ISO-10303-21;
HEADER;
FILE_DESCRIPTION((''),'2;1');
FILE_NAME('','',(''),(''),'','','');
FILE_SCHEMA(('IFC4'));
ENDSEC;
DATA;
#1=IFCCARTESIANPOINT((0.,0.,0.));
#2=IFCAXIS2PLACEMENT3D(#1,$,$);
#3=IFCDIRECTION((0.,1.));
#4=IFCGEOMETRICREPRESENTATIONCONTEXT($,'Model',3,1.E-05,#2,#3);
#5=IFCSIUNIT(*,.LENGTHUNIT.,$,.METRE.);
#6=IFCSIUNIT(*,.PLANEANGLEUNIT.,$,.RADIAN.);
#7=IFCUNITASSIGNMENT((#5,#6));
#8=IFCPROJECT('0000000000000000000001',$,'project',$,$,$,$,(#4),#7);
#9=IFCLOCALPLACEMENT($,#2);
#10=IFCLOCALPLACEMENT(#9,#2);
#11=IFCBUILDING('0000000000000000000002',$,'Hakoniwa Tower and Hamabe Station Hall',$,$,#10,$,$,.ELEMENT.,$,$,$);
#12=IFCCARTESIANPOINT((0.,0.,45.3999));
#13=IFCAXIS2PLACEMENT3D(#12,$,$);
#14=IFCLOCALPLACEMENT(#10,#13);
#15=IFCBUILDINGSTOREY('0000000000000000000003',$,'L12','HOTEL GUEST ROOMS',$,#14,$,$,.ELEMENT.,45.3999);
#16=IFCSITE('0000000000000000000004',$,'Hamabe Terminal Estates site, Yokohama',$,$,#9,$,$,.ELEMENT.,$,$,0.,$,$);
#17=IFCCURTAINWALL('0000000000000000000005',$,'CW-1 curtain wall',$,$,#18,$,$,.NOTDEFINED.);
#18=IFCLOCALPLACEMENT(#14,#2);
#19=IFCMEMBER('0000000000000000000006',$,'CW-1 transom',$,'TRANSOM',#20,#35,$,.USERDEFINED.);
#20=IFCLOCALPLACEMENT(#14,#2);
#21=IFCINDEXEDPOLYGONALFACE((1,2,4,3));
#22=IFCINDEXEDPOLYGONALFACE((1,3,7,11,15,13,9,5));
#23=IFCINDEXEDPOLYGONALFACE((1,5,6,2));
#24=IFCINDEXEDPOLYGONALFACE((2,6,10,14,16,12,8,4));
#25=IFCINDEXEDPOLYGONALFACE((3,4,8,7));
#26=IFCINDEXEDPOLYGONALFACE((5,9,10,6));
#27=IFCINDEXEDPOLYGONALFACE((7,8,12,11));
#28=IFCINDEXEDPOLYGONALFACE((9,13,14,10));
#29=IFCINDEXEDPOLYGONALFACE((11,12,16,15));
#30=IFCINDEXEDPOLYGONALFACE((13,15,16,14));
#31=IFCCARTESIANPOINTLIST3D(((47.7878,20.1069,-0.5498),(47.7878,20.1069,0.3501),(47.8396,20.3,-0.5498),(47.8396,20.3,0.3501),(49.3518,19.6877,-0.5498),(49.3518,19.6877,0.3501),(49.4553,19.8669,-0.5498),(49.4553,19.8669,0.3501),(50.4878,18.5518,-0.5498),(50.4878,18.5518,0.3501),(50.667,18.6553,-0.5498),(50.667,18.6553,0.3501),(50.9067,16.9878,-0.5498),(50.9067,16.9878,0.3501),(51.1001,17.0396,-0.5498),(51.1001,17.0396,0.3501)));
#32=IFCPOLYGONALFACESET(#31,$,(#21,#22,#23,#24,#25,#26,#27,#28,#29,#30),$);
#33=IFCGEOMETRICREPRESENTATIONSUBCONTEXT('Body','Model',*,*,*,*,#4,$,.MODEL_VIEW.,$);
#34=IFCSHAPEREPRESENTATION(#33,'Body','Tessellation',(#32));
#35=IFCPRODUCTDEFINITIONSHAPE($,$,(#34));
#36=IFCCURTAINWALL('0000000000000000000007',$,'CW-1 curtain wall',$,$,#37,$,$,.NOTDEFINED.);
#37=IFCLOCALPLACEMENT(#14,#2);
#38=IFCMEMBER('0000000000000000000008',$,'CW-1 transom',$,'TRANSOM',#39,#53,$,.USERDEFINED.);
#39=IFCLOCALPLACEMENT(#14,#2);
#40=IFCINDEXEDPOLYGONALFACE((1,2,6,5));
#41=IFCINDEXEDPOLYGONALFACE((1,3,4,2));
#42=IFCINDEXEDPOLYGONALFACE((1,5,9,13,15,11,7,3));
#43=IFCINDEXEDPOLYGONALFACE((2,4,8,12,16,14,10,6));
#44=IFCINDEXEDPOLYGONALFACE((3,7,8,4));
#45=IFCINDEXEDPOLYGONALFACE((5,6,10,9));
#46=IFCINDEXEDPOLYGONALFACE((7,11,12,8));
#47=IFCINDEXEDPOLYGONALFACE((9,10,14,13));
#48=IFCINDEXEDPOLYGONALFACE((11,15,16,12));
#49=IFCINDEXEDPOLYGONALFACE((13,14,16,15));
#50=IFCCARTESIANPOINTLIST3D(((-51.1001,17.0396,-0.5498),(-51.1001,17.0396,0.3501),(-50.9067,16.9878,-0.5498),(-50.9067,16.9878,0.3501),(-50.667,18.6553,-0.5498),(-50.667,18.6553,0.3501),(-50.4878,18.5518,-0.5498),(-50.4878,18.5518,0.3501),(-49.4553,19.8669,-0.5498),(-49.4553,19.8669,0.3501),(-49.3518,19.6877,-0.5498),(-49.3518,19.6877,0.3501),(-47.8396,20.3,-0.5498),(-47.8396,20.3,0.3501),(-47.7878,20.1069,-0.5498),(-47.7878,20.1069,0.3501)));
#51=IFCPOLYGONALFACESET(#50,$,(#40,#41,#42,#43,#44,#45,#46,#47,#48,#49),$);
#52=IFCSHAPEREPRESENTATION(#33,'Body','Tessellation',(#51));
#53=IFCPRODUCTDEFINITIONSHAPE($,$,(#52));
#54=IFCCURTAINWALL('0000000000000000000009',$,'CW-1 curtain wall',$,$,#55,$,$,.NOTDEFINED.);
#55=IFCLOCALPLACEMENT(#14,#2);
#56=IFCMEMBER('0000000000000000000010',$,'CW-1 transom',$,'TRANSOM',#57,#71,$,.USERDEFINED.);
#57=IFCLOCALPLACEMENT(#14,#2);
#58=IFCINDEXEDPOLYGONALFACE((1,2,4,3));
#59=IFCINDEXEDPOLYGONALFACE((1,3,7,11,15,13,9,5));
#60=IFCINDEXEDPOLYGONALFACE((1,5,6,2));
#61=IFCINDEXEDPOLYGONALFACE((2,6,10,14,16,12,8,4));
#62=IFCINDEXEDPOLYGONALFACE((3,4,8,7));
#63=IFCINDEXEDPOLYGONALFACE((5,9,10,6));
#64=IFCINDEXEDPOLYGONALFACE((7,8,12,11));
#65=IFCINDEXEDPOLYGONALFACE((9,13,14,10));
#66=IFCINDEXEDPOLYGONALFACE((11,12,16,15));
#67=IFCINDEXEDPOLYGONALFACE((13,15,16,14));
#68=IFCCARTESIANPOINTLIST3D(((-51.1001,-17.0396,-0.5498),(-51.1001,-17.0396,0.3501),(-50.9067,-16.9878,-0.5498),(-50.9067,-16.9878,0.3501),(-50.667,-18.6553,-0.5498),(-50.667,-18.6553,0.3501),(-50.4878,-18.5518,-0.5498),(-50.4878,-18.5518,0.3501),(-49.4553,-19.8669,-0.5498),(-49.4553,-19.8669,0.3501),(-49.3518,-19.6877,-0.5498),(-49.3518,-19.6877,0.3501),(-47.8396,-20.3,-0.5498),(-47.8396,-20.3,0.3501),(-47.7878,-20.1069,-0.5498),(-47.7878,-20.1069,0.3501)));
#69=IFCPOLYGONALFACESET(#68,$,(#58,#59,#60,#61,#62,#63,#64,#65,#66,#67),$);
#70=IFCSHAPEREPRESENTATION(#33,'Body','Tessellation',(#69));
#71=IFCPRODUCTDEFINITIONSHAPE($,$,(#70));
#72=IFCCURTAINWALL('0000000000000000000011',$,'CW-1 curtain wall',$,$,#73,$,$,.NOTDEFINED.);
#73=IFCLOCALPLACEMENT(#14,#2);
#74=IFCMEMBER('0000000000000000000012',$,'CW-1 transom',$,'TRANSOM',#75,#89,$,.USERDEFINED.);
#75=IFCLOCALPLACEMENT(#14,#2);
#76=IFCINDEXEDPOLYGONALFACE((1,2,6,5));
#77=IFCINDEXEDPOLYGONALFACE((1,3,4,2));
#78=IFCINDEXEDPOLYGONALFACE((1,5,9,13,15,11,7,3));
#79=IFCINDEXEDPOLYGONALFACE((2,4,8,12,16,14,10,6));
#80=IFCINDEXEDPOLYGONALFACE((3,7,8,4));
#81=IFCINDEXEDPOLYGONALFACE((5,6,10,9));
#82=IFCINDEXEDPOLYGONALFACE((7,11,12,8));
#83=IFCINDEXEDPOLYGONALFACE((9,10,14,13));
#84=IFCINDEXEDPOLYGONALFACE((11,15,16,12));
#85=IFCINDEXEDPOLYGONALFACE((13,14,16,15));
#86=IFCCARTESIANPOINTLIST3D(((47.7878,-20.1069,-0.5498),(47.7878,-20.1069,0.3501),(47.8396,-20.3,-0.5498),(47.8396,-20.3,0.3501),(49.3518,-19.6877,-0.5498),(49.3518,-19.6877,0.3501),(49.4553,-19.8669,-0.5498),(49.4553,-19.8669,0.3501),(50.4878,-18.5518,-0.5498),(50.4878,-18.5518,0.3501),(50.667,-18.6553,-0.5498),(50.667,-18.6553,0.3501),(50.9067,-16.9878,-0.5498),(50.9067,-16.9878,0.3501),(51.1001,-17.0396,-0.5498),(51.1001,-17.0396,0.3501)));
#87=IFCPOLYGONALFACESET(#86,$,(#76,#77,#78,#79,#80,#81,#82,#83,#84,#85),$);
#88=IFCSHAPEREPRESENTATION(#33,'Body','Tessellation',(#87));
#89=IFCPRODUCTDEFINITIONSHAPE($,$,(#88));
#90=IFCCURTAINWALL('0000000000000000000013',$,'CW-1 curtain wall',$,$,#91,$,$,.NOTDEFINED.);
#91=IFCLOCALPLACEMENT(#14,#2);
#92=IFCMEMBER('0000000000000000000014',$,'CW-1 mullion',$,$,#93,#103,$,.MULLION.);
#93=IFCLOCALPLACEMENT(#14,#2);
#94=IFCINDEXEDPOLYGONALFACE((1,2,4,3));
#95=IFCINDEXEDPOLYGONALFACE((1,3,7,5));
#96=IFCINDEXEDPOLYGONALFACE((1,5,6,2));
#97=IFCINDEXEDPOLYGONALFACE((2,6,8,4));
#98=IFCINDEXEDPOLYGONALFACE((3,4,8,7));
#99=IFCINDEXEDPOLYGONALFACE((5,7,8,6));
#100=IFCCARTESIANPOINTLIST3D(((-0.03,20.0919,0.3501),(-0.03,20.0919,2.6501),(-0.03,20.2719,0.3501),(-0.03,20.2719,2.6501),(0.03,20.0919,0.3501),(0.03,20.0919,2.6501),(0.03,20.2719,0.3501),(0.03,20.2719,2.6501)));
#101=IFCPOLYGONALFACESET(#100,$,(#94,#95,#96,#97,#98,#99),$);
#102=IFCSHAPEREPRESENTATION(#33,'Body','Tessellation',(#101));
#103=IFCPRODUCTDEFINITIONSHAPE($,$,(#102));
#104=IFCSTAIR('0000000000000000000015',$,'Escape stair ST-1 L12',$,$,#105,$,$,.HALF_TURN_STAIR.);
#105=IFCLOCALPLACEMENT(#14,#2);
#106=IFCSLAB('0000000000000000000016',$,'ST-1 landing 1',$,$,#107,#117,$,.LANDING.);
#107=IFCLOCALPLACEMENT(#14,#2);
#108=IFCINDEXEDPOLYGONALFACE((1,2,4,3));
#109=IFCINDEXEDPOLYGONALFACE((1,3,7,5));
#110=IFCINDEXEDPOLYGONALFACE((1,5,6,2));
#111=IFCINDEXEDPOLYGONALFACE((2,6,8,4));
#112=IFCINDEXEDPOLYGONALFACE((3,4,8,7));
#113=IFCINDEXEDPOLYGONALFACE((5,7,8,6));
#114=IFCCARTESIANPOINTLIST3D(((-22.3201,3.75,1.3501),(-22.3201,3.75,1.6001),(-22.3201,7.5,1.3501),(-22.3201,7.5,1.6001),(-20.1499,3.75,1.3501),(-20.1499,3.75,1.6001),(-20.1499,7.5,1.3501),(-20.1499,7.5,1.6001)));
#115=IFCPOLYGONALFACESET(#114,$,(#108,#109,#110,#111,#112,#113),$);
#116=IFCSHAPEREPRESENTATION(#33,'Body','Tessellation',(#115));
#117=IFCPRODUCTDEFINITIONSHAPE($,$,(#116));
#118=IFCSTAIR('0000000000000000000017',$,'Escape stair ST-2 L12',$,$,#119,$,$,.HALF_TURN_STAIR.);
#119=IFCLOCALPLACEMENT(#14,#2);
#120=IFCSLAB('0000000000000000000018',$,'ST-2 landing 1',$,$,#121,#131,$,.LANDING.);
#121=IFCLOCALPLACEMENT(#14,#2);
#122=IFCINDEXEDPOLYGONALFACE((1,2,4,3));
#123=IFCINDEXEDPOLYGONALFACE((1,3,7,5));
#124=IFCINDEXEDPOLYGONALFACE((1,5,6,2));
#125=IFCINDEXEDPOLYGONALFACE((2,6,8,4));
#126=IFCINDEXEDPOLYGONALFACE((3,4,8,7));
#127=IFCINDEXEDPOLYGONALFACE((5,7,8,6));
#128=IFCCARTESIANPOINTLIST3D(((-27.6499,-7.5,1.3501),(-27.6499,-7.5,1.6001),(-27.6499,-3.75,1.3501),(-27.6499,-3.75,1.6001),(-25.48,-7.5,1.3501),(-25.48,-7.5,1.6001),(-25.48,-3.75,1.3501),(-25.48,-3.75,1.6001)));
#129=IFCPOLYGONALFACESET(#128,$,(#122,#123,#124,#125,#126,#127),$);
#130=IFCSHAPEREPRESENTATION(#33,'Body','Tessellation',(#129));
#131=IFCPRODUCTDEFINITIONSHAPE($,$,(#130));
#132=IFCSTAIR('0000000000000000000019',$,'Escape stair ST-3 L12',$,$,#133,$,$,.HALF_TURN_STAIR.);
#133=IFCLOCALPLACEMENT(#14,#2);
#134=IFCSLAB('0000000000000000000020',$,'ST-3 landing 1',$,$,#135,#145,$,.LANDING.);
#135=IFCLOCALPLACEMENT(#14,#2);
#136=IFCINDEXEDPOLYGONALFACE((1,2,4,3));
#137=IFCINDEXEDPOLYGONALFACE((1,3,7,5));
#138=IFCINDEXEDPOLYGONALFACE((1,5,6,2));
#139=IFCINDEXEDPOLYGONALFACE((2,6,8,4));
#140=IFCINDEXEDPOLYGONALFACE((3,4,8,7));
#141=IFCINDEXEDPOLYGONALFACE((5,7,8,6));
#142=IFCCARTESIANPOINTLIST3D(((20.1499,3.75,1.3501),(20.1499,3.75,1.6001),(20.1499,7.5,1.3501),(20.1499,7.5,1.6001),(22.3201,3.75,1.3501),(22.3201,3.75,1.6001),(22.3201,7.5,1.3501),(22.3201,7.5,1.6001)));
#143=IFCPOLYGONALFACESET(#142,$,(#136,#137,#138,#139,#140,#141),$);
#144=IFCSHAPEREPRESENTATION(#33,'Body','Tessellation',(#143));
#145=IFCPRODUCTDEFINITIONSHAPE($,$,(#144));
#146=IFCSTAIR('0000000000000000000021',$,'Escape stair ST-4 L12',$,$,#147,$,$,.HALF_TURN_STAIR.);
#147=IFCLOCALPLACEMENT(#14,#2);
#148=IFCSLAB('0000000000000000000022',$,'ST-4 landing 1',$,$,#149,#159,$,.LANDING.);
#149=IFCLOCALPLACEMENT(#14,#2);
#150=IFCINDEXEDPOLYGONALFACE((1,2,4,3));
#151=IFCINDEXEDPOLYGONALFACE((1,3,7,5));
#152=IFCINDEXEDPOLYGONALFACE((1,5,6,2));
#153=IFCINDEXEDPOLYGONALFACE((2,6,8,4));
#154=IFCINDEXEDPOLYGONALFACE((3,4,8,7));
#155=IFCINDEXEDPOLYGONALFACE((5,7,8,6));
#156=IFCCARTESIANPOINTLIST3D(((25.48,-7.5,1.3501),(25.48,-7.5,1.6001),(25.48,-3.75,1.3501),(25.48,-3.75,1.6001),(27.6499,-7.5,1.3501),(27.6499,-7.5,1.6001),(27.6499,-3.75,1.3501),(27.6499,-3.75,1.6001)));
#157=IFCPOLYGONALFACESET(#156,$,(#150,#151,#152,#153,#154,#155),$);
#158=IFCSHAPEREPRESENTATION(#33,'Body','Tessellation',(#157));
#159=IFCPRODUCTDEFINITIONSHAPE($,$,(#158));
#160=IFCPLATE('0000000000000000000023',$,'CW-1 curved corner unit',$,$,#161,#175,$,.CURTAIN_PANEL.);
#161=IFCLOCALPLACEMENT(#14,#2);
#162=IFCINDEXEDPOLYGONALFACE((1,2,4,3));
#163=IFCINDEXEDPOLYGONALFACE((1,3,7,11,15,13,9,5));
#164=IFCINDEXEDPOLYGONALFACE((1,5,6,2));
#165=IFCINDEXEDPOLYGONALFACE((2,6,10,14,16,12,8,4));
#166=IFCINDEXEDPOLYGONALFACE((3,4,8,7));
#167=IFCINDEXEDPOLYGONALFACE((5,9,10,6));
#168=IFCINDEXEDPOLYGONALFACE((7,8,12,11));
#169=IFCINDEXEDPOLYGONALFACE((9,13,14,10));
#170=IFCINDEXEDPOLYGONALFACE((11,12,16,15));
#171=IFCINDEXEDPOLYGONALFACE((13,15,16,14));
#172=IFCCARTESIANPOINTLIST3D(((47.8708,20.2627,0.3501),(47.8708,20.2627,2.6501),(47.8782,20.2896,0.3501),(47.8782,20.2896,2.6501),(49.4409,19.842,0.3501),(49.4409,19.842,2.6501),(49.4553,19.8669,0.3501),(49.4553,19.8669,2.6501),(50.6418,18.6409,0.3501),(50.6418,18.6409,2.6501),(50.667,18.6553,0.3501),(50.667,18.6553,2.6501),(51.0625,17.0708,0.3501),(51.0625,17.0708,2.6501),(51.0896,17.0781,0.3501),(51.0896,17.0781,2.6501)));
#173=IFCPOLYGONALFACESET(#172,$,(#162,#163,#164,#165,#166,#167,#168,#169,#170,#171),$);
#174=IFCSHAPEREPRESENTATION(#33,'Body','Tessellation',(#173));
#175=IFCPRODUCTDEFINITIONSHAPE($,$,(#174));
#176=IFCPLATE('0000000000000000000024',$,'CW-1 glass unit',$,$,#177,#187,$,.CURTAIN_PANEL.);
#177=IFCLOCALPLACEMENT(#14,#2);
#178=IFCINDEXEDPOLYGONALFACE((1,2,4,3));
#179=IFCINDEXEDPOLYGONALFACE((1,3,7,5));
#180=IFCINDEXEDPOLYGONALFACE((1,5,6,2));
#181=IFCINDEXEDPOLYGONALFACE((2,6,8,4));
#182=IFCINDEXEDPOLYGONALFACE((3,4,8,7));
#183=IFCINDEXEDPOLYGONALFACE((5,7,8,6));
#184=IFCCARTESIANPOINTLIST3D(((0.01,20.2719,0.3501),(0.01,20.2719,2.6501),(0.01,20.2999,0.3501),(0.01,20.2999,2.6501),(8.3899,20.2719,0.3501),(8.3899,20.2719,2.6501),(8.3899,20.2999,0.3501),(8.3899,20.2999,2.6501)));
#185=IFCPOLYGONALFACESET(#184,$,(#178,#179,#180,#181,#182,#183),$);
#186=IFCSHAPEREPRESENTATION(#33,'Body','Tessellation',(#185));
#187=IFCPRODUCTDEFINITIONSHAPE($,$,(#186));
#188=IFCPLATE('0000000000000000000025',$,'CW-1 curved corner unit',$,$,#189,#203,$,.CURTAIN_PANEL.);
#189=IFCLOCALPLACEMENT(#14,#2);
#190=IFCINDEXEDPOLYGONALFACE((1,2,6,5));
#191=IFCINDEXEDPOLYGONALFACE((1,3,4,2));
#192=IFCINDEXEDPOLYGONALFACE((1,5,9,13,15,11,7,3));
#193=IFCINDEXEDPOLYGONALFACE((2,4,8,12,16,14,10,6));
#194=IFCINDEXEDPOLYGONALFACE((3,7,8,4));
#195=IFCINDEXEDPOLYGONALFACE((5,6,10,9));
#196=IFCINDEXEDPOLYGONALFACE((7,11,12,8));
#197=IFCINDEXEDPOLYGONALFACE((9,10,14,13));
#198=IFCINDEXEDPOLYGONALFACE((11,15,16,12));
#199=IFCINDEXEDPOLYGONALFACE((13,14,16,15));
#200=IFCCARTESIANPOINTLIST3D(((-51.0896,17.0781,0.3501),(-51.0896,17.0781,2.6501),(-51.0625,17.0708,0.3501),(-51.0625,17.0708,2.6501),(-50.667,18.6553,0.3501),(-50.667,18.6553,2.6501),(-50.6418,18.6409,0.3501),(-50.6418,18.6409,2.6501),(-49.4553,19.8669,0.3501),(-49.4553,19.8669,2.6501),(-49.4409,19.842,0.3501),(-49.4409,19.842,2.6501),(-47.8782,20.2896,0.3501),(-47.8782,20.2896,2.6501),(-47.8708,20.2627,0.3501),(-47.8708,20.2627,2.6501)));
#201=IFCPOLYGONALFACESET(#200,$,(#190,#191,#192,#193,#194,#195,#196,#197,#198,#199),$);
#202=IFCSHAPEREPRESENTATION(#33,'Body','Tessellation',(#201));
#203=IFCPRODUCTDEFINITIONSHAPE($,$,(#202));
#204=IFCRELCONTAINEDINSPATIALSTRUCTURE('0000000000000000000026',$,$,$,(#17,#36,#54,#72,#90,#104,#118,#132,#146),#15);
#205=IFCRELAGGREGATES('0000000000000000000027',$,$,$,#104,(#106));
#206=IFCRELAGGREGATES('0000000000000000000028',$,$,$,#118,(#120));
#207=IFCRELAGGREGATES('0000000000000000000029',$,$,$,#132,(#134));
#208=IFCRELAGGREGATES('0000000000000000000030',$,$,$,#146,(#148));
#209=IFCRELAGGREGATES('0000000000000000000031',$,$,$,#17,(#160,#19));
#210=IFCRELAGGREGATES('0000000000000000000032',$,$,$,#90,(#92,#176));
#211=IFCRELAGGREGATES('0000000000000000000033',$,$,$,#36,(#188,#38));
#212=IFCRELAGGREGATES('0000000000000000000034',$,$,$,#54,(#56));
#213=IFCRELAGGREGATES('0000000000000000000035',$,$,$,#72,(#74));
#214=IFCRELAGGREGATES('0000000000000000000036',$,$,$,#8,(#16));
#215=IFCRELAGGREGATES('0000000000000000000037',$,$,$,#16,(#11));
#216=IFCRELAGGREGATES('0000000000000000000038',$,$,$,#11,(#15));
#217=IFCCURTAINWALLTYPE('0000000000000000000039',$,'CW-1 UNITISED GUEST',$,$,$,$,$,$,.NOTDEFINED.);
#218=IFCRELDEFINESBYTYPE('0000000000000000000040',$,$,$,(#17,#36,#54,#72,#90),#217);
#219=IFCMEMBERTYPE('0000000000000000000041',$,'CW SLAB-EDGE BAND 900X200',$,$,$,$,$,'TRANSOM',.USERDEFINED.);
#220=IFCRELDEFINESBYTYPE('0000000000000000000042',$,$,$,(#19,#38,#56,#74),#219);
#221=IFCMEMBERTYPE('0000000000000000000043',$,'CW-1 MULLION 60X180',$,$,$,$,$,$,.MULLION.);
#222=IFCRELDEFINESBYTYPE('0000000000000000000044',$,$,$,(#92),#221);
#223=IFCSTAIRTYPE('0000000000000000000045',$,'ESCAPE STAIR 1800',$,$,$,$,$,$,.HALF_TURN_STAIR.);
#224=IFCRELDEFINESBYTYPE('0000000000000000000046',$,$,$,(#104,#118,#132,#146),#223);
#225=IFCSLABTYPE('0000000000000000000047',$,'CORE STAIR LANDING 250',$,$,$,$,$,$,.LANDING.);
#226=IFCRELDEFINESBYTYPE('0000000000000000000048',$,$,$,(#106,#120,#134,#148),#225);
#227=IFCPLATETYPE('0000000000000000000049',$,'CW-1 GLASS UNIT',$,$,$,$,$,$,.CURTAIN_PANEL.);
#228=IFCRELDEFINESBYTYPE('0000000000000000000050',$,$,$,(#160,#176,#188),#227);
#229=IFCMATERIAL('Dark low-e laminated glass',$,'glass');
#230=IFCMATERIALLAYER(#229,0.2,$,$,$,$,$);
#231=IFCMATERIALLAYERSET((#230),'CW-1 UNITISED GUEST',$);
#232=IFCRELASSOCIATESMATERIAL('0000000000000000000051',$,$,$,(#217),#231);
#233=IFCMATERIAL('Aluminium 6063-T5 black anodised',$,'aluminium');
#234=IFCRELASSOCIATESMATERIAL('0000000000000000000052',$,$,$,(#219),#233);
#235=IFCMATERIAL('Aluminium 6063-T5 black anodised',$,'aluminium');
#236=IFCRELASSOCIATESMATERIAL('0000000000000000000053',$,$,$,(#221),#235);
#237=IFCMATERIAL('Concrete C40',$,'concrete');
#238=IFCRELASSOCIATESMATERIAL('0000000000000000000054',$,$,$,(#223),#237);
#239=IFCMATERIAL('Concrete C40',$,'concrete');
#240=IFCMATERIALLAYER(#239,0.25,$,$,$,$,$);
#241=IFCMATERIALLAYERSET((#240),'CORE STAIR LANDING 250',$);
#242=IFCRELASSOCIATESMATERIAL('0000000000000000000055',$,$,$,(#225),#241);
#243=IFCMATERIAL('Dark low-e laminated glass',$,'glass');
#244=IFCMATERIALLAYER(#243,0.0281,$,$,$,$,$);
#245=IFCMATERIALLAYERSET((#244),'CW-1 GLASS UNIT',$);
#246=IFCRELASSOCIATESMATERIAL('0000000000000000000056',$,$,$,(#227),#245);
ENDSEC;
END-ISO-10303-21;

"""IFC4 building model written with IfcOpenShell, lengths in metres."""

from ifc_helpers import new_model, si_unit, direction, frame, origin, origin_2d, place, context, subcontext, project, spatial, polyline, rectangle, outline, extrude, material, layer, layer_set, material_profile, profile_set, type_object, element, aggregate, save


model = new_model("IFC4")

# Units and contexts
model_context = context("Model", 3, precision=1e-05, world=origin(), true_north=direction((0.0, 1.0)))
body_context = subcontext(model_context, "Body", "Model", "MODEL_VIEW")
ifc_project = project(units=[si_unit("LENGTHUNIT", "METRE"), si_unit("PLANEANGLEUNIT", "RADIAN")], contexts=[model_context])

# Site, building, storey
site_placement = place(None, origin())
site = spatial("IfcSite", under=ifc_project, at=site_placement, Name="Hamabe Terminal Estates site, Yokohama", CompositionType="ELEMENT", RefElevation=0.0)
building_placement = place(site_placement, origin())
building = spatial("IfcBuilding", under=site, at=building_placement, Name="Hakoniwa Tower and Hamabe Station Hall", CompositionType="ELEMENT")
storey_placement = place(building_placement, frame((0.0, 0.0, 45.3999)))
storey = spatial("IfcBuildingStorey", under=building, at=storey_placement, Name="L12", Description="HOTEL GUEST ROOMS", CompositionType="ELEMENT", Elevation=45.3999)

# Curtain walls, members
ifc_material_1 = material(Name="Dark low-e laminated glass", Category="glass")
ifc_layer_1 = layer(ifc_material_1, 0.2)
ifc_layer_set_1 = layer_set([ifc_layer_1], Name="CW-1 UNITISED GUEST")
curtain_wall_type = type_object("IfcCurtainWallType", Name="CW-1 UNITISED GUEST", PredefinedType="NOTDEFINED", material=ifc_layer_set_1)
curtain_wall_1_placement = place(storey_placement, origin())
curtain_wall_1 = element("IfcCurtainWall", 1, at=curtain_wall_1_placement, inside=storey, type_object=curtain_wall_type, Name="CW-1 curtain wall", PredefinedType="NOTDEFINED")
ifc_material_2 = material(Name="Aluminium 6063-T5 black anodised", Category="aluminium")
ifc_material_profile_1 = material_profile(ifc_material_2, rectangle(XDim=0.2, YDim=0.8999, at=origin_2d()), Name="CW SLAB-EDGE BAND 900X200")
ifc_profile_set_1 = profile_set([ifc_material_profile_1], Name="Aluminium 6063-T5 black anodised")
member_type_1 = type_object("IfcMemberType", Name="CW SLAB-EDGE BAND 900X200", ElementType="TRANSOM", PredefinedType="USERDEFINED", material=ifc_profile_set_1)
member_1_placement = place(storey_placement, frame((0.0, 0.0, -0.5498)))
member_1 = element("IfcMember", 2, at=member_1_placement, type_object=member_type_1, Name="CW-1 transom", ObjectType="TRANSOM", PredefinedType="USERDEFINED", context=body_context, shape_type="SweptSolid", body=[
    extrude(outline(polyline([(51.1001, 17.0396), (50.667, 18.6553), (49.4553, 19.8669), (47.8396, 20.3), (47.7878, 20.1069), (49.3518, 19.6877), (50.4878, 18.5518), (50.9067, 16.9878), (51.1001, 17.0396)])), origin(), (0.0, 0.0, 1.0), 0.8999),
])
curtain_wall_2_placement = place(storey_placement, origin())
curtain_wall_2 = element("IfcCurtainWall", 3, at=curtain_wall_2_placement, inside=storey, type_object=curtain_wall_type, Name="CW-1 curtain wall", PredefinedType="NOTDEFINED")
member_2_placement = place(storey_placement, frame((0.0, 0.0, -0.5498)))
member_2 = element("IfcMember", 4, at=member_2_placement, type_object=member_type_1, Name="CW-1 transom", ObjectType="TRANSOM", PredefinedType="USERDEFINED", context=body_context, shape_type="SweptSolid", body=[
    extrude(outline(polyline([(-47.8396, 20.3), (-49.4553, 19.8669), (-50.667, 18.6553), (-51.1001, 17.0396), (-50.9067, 16.9878), (-50.4878, 18.5518), (-49.3518, 19.6877), (-47.7878, 20.1069), (-47.8396, 20.3)])), origin(), (0.0, 0.0, 1.0), 0.8999),
])
curtain_wall_3_placement = place(storey_placement, origin())
curtain_wall_3 = element("IfcCurtainWall", 5, at=curtain_wall_3_placement, inside=storey, type_object=curtain_wall_type, Name="CW-1 curtain wall", PredefinedType="NOTDEFINED")
member_3_placement = place(storey_placement, frame((0.0, 0.0, -0.5498)))
member_3 = element("IfcMember", 6, at=member_3_placement, type_object=member_type_1, Name="CW-1 transom", ObjectType="TRANSOM", PredefinedType="USERDEFINED", context=body_context, shape_type="SweptSolid", body=[
    extrude(outline(polyline([(-51.1001, -17.0396), (-50.667, -18.6553), (-49.4553, -19.8669), (-47.8396, -20.3), (-47.7878, -20.1069), (-49.3518, -19.6877), (-50.4878, -18.5518), (-50.9067, -16.9878), (-51.1001, -17.0396)])), origin(), (0.0, 0.0, 1.0), 0.8999),
])
curtain_wall_4_placement = place(storey_placement, origin())
curtain_wall_4 = element("IfcCurtainWall", 7, at=curtain_wall_4_placement, inside=storey, type_object=curtain_wall_type, Name="CW-1 curtain wall", PredefinedType="NOTDEFINED")
member_4_placement = place(storey_placement, frame((0.0, 0.0, -0.5498)))
member_4 = element("IfcMember", 8, at=member_4_placement, type_object=member_type_1, Name="CW-1 transom", ObjectType="TRANSOM", PredefinedType="USERDEFINED", context=body_context, shape_type="SweptSolid", body=[
    extrude(outline(polyline([(47.8396, -20.3), (49.4553, -19.8669), (50.667, -18.6553), (51.1001, -17.0396), (50.9067, -16.9878), (50.4878, -18.5518), (49.3518, -19.6877), (47.7878, -20.1069), (47.8396, -20.3)])), origin(), (0.0, 0.0, 1.0), 0.8999),
])
curtain_wall_5_placement = place(storey_placement, origin())
curtain_wall_5 = element("IfcCurtainWall", 9, at=curtain_wall_5_placement, inside=storey, type_object=curtain_wall_type, Name="CW-1 curtain wall", PredefinedType="NOTDEFINED")
ifc_material_3 = material(Name="Aluminium 6063-T5 black anodised", Category="aluminium")
ifc_material_profile_2 = material_profile(ifc_material_3, rectangle(XDim=0.0601, YDim=0.1799, at=origin_2d()), Name="CW-1 MULLION 60X180")
ifc_profile_set_2 = profile_set([ifc_material_profile_2], Name="Aluminium 6063-T5 black anodised")
member_type_2 = type_object("IfcMemberType", Name="CW-1 MULLION 60X180", PredefinedType="MULLION", material=ifc_profile_set_2)
member_5_placement = place(storey_placement, frame((0.0, 20.1819, 0.3501), z_axis=(0.0, 0.0, 1.0), x_axis=(-1.0, 0.0, 0.0)))
member_5 = element("IfcMember", 10, at=member_5_placement, type_object=member_type_2, Name="CW-1 mullion", PredefinedType="MULLION", context=body_context, shape_type="SweptSolid", body=[
    extrude(rectangle(XDim=0.0601, YDim=0.1799, at=origin_2d()), origin(), (0.0, 0.0, 1.0), 2.3),
])

# Stairs, slabs
ifc_material_4 = material(Name="Concrete C40", Category="concrete")
stair_type = type_object("IfcStairType", Name="ESCAPE STAIR 1800", PredefinedType="HALF_TURN_STAIR", material=ifc_material_4)
stair_1_placement = place(storey_placement, origin())
stair_1 = element("IfcStair", 11, at=stair_1_placement, inside=storey, type_object=stair_type, Name="Escape stair ST-1 L12", PredefinedType="HALF_TURN_STAIR")
ifc_material_5 = material(Name="Concrete C40", Category="concrete")
ifc_layer_2 = layer(ifc_material_5, 0.25)
ifc_layer_set_2 = layer_set([ifc_layer_2], Name="CORE STAIR LANDING 250")
slab_type_1 = type_object("IfcSlabType", Name="CORE STAIR LANDING 250", PredefinedType="LANDING", material=ifc_layer_set_2)
slab_1_placement = place(storey_placement, frame((0.0, 0.0, 1.3501)))
slab_1 = element("IfcSlab", 12, at=slab_1_placement, type_object=slab_type_1, Name="ST-1 landing 1", PredefinedType="LANDING", context=body_context, shape_type="SweptSolid", body=[
    extrude(outline(polyline([(-22.3201, 3.75), (-20.1499, 3.75), (-20.1499, 7.5), (-22.3201, 7.5), (-22.3201, 3.75)])), origin(), (0.0, 0.0, 1.0), 0.25),
])
aggregate(stair_1, [slab_1])
stair_2_placement = place(storey_placement, origin())
stair_2 = element("IfcStair", 13, at=stair_2_placement, inside=storey, type_object=stair_type, Name="Escape stair ST-2 L12", PredefinedType="HALF_TURN_STAIR")
slab_2_placement = place(storey_placement, frame((0.0, 0.0, 1.3501)))
slab_2 = element("IfcSlab", 14, at=slab_2_placement, type_object=slab_type_1, Name="ST-2 landing 1", PredefinedType="LANDING", context=body_context, shape_type="SweptSolid", body=[
    extrude(outline(polyline([(-25.48, -7.5), (-27.6499, -7.5), (-27.6499, -3.75), (-25.48, -3.75), (-25.48, -7.5)])), origin(), (0.0, 0.0, 1.0), 0.25),
])
aggregate(stair_2, [slab_2])
stair_3_placement = place(storey_placement, origin())
stair_3 = element("IfcStair", 15, at=stair_3_placement, inside=storey, type_object=stair_type, Name="Escape stair ST-3 L12", PredefinedType="HALF_TURN_STAIR")
slab_3_placement = place(storey_placement, frame((0.0, 0.0, 1.3501)))
slab_3 = element("IfcSlab", 16, at=slab_3_placement, type_object=slab_type_1, Name="ST-3 landing 1", PredefinedType="LANDING", context=body_context, shape_type="SweptSolid", body=[
    extrude(outline(polyline([(22.3201, 3.75), (20.1499, 3.75), (20.1499, 7.5), (22.3201, 7.5), (22.3201, 3.75)])), origin(), (0.0, 0.0, 1.0), 0.25),
])
aggregate(stair_3, [slab_3])
stair_4_placement = place(storey_placement, origin())
stair_4 = element("IfcStair", 17, at=stair_4_placement, inside=storey, type_object=stair_type, Name="Escape stair ST-4 L12", PredefinedType="HALF_TURN_STAIR")
slab_4_placement = place(storey_placement, frame((0.0, 0.0, 1.3501)))
slab_4 = element("IfcSlab", 18, at=slab_4_placement, type_object=slab_type_1, Name="ST-4 landing 1", PredefinedType="LANDING", context=body_context, shape_type="SweptSolid", body=[
    extrude(outline(polyline([(25.48, -7.5), (27.6499, -7.5), (27.6499, -3.75), (25.48, -3.75), (25.48, -7.5)])), origin(), (0.0, 0.0, 1.0), 0.25),
])
aggregate(stair_4, [slab_4])

# Plates
ifc_material_6 = material(Name="Dark low-e laminated glass", Category="glass")
ifc_layer_3 = layer(ifc_material_6, 0.0281)
ifc_layer_set_3 = layer_set([ifc_layer_3], Name="CW-1 GLASS UNIT")
plate_type = type_object("IfcPlateType", Name="CW-1 GLASS UNIT", PredefinedType="CURTAIN_PANEL", material=ifc_layer_set_3)
plate_1_placement = place(storey_placement, frame((0.0, 0.0, 0.3501)))
plate_1 = element("IfcPlate", 19, at=plate_1_placement, type_object=plate_type, Name="CW-1 curved corner unit", PredefinedType="CURTAIN_PANEL", context=body_context, shape_type="SweptSolid", body=[
    extrude(outline(polyline([(51.0896, 17.0781), (50.667, 18.6553), (49.4553, 19.8669), (47.8782, 20.2896), (47.8708, 20.2627), (49.4409, 19.842), (50.6418, 18.6409), (51.0625, 17.0708), (51.0896, 17.0781)])), origin(), (0.0, 0.0, 1.0), 2.3),
])
aggregate(curtain_wall_1, [plate_1, member_1])
plate_2_placement = place(storey_placement, frame((4.2, 20.2859, 0.3501), z_axis=(0.0, 0.0, 1.0), x_axis=(-1.0, 0.0, 0.0)))
plate_2 = element("IfcPlate", 20, at=plate_2_placement, type_object=plate_type, Name="CW-1 glass unit", PredefinedType="CURTAIN_PANEL", context=body_context, shape_type="SweptSolid", body=[
    extrude(rectangle(XDim=8.3799, YDim=0.0281, at=origin_2d()), origin(), (0.0, 0.0, 1.0), 2.3),
])
aggregate(curtain_wall_5, [member_5, plate_2])
plate_3_placement = place(storey_placement, frame((0.0, 0.0, 0.3501)))
plate_3 = element("IfcPlate", 21, at=plate_3_placement, type_object=plate_type, Name="CW-1 curved corner unit", PredefinedType="CURTAIN_PANEL", context=body_context, shape_type="SweptSolid", body=[
    extrude(outline(polyline([(-47.8782, 20.2896), (-49.4553, 19.8669), (-50.667, 18.6553), (-51.0896, 17.0781), (-51.0625, 17.0708), (-50.6418, 18.6409), (-49.4409, 19.842), (-47.8708, 20.2627), (-47.8782, 20.2896)])), origin(), (0.0, 0.0, 1.0), 2.3),
])
aggregate(curtain_wall_2, [plate_3, member_2])
aggregate(curtain_wall_3, [member_3])
aggregate(curtain_wall_4, [member_4])

save(model, "model.ifc")
